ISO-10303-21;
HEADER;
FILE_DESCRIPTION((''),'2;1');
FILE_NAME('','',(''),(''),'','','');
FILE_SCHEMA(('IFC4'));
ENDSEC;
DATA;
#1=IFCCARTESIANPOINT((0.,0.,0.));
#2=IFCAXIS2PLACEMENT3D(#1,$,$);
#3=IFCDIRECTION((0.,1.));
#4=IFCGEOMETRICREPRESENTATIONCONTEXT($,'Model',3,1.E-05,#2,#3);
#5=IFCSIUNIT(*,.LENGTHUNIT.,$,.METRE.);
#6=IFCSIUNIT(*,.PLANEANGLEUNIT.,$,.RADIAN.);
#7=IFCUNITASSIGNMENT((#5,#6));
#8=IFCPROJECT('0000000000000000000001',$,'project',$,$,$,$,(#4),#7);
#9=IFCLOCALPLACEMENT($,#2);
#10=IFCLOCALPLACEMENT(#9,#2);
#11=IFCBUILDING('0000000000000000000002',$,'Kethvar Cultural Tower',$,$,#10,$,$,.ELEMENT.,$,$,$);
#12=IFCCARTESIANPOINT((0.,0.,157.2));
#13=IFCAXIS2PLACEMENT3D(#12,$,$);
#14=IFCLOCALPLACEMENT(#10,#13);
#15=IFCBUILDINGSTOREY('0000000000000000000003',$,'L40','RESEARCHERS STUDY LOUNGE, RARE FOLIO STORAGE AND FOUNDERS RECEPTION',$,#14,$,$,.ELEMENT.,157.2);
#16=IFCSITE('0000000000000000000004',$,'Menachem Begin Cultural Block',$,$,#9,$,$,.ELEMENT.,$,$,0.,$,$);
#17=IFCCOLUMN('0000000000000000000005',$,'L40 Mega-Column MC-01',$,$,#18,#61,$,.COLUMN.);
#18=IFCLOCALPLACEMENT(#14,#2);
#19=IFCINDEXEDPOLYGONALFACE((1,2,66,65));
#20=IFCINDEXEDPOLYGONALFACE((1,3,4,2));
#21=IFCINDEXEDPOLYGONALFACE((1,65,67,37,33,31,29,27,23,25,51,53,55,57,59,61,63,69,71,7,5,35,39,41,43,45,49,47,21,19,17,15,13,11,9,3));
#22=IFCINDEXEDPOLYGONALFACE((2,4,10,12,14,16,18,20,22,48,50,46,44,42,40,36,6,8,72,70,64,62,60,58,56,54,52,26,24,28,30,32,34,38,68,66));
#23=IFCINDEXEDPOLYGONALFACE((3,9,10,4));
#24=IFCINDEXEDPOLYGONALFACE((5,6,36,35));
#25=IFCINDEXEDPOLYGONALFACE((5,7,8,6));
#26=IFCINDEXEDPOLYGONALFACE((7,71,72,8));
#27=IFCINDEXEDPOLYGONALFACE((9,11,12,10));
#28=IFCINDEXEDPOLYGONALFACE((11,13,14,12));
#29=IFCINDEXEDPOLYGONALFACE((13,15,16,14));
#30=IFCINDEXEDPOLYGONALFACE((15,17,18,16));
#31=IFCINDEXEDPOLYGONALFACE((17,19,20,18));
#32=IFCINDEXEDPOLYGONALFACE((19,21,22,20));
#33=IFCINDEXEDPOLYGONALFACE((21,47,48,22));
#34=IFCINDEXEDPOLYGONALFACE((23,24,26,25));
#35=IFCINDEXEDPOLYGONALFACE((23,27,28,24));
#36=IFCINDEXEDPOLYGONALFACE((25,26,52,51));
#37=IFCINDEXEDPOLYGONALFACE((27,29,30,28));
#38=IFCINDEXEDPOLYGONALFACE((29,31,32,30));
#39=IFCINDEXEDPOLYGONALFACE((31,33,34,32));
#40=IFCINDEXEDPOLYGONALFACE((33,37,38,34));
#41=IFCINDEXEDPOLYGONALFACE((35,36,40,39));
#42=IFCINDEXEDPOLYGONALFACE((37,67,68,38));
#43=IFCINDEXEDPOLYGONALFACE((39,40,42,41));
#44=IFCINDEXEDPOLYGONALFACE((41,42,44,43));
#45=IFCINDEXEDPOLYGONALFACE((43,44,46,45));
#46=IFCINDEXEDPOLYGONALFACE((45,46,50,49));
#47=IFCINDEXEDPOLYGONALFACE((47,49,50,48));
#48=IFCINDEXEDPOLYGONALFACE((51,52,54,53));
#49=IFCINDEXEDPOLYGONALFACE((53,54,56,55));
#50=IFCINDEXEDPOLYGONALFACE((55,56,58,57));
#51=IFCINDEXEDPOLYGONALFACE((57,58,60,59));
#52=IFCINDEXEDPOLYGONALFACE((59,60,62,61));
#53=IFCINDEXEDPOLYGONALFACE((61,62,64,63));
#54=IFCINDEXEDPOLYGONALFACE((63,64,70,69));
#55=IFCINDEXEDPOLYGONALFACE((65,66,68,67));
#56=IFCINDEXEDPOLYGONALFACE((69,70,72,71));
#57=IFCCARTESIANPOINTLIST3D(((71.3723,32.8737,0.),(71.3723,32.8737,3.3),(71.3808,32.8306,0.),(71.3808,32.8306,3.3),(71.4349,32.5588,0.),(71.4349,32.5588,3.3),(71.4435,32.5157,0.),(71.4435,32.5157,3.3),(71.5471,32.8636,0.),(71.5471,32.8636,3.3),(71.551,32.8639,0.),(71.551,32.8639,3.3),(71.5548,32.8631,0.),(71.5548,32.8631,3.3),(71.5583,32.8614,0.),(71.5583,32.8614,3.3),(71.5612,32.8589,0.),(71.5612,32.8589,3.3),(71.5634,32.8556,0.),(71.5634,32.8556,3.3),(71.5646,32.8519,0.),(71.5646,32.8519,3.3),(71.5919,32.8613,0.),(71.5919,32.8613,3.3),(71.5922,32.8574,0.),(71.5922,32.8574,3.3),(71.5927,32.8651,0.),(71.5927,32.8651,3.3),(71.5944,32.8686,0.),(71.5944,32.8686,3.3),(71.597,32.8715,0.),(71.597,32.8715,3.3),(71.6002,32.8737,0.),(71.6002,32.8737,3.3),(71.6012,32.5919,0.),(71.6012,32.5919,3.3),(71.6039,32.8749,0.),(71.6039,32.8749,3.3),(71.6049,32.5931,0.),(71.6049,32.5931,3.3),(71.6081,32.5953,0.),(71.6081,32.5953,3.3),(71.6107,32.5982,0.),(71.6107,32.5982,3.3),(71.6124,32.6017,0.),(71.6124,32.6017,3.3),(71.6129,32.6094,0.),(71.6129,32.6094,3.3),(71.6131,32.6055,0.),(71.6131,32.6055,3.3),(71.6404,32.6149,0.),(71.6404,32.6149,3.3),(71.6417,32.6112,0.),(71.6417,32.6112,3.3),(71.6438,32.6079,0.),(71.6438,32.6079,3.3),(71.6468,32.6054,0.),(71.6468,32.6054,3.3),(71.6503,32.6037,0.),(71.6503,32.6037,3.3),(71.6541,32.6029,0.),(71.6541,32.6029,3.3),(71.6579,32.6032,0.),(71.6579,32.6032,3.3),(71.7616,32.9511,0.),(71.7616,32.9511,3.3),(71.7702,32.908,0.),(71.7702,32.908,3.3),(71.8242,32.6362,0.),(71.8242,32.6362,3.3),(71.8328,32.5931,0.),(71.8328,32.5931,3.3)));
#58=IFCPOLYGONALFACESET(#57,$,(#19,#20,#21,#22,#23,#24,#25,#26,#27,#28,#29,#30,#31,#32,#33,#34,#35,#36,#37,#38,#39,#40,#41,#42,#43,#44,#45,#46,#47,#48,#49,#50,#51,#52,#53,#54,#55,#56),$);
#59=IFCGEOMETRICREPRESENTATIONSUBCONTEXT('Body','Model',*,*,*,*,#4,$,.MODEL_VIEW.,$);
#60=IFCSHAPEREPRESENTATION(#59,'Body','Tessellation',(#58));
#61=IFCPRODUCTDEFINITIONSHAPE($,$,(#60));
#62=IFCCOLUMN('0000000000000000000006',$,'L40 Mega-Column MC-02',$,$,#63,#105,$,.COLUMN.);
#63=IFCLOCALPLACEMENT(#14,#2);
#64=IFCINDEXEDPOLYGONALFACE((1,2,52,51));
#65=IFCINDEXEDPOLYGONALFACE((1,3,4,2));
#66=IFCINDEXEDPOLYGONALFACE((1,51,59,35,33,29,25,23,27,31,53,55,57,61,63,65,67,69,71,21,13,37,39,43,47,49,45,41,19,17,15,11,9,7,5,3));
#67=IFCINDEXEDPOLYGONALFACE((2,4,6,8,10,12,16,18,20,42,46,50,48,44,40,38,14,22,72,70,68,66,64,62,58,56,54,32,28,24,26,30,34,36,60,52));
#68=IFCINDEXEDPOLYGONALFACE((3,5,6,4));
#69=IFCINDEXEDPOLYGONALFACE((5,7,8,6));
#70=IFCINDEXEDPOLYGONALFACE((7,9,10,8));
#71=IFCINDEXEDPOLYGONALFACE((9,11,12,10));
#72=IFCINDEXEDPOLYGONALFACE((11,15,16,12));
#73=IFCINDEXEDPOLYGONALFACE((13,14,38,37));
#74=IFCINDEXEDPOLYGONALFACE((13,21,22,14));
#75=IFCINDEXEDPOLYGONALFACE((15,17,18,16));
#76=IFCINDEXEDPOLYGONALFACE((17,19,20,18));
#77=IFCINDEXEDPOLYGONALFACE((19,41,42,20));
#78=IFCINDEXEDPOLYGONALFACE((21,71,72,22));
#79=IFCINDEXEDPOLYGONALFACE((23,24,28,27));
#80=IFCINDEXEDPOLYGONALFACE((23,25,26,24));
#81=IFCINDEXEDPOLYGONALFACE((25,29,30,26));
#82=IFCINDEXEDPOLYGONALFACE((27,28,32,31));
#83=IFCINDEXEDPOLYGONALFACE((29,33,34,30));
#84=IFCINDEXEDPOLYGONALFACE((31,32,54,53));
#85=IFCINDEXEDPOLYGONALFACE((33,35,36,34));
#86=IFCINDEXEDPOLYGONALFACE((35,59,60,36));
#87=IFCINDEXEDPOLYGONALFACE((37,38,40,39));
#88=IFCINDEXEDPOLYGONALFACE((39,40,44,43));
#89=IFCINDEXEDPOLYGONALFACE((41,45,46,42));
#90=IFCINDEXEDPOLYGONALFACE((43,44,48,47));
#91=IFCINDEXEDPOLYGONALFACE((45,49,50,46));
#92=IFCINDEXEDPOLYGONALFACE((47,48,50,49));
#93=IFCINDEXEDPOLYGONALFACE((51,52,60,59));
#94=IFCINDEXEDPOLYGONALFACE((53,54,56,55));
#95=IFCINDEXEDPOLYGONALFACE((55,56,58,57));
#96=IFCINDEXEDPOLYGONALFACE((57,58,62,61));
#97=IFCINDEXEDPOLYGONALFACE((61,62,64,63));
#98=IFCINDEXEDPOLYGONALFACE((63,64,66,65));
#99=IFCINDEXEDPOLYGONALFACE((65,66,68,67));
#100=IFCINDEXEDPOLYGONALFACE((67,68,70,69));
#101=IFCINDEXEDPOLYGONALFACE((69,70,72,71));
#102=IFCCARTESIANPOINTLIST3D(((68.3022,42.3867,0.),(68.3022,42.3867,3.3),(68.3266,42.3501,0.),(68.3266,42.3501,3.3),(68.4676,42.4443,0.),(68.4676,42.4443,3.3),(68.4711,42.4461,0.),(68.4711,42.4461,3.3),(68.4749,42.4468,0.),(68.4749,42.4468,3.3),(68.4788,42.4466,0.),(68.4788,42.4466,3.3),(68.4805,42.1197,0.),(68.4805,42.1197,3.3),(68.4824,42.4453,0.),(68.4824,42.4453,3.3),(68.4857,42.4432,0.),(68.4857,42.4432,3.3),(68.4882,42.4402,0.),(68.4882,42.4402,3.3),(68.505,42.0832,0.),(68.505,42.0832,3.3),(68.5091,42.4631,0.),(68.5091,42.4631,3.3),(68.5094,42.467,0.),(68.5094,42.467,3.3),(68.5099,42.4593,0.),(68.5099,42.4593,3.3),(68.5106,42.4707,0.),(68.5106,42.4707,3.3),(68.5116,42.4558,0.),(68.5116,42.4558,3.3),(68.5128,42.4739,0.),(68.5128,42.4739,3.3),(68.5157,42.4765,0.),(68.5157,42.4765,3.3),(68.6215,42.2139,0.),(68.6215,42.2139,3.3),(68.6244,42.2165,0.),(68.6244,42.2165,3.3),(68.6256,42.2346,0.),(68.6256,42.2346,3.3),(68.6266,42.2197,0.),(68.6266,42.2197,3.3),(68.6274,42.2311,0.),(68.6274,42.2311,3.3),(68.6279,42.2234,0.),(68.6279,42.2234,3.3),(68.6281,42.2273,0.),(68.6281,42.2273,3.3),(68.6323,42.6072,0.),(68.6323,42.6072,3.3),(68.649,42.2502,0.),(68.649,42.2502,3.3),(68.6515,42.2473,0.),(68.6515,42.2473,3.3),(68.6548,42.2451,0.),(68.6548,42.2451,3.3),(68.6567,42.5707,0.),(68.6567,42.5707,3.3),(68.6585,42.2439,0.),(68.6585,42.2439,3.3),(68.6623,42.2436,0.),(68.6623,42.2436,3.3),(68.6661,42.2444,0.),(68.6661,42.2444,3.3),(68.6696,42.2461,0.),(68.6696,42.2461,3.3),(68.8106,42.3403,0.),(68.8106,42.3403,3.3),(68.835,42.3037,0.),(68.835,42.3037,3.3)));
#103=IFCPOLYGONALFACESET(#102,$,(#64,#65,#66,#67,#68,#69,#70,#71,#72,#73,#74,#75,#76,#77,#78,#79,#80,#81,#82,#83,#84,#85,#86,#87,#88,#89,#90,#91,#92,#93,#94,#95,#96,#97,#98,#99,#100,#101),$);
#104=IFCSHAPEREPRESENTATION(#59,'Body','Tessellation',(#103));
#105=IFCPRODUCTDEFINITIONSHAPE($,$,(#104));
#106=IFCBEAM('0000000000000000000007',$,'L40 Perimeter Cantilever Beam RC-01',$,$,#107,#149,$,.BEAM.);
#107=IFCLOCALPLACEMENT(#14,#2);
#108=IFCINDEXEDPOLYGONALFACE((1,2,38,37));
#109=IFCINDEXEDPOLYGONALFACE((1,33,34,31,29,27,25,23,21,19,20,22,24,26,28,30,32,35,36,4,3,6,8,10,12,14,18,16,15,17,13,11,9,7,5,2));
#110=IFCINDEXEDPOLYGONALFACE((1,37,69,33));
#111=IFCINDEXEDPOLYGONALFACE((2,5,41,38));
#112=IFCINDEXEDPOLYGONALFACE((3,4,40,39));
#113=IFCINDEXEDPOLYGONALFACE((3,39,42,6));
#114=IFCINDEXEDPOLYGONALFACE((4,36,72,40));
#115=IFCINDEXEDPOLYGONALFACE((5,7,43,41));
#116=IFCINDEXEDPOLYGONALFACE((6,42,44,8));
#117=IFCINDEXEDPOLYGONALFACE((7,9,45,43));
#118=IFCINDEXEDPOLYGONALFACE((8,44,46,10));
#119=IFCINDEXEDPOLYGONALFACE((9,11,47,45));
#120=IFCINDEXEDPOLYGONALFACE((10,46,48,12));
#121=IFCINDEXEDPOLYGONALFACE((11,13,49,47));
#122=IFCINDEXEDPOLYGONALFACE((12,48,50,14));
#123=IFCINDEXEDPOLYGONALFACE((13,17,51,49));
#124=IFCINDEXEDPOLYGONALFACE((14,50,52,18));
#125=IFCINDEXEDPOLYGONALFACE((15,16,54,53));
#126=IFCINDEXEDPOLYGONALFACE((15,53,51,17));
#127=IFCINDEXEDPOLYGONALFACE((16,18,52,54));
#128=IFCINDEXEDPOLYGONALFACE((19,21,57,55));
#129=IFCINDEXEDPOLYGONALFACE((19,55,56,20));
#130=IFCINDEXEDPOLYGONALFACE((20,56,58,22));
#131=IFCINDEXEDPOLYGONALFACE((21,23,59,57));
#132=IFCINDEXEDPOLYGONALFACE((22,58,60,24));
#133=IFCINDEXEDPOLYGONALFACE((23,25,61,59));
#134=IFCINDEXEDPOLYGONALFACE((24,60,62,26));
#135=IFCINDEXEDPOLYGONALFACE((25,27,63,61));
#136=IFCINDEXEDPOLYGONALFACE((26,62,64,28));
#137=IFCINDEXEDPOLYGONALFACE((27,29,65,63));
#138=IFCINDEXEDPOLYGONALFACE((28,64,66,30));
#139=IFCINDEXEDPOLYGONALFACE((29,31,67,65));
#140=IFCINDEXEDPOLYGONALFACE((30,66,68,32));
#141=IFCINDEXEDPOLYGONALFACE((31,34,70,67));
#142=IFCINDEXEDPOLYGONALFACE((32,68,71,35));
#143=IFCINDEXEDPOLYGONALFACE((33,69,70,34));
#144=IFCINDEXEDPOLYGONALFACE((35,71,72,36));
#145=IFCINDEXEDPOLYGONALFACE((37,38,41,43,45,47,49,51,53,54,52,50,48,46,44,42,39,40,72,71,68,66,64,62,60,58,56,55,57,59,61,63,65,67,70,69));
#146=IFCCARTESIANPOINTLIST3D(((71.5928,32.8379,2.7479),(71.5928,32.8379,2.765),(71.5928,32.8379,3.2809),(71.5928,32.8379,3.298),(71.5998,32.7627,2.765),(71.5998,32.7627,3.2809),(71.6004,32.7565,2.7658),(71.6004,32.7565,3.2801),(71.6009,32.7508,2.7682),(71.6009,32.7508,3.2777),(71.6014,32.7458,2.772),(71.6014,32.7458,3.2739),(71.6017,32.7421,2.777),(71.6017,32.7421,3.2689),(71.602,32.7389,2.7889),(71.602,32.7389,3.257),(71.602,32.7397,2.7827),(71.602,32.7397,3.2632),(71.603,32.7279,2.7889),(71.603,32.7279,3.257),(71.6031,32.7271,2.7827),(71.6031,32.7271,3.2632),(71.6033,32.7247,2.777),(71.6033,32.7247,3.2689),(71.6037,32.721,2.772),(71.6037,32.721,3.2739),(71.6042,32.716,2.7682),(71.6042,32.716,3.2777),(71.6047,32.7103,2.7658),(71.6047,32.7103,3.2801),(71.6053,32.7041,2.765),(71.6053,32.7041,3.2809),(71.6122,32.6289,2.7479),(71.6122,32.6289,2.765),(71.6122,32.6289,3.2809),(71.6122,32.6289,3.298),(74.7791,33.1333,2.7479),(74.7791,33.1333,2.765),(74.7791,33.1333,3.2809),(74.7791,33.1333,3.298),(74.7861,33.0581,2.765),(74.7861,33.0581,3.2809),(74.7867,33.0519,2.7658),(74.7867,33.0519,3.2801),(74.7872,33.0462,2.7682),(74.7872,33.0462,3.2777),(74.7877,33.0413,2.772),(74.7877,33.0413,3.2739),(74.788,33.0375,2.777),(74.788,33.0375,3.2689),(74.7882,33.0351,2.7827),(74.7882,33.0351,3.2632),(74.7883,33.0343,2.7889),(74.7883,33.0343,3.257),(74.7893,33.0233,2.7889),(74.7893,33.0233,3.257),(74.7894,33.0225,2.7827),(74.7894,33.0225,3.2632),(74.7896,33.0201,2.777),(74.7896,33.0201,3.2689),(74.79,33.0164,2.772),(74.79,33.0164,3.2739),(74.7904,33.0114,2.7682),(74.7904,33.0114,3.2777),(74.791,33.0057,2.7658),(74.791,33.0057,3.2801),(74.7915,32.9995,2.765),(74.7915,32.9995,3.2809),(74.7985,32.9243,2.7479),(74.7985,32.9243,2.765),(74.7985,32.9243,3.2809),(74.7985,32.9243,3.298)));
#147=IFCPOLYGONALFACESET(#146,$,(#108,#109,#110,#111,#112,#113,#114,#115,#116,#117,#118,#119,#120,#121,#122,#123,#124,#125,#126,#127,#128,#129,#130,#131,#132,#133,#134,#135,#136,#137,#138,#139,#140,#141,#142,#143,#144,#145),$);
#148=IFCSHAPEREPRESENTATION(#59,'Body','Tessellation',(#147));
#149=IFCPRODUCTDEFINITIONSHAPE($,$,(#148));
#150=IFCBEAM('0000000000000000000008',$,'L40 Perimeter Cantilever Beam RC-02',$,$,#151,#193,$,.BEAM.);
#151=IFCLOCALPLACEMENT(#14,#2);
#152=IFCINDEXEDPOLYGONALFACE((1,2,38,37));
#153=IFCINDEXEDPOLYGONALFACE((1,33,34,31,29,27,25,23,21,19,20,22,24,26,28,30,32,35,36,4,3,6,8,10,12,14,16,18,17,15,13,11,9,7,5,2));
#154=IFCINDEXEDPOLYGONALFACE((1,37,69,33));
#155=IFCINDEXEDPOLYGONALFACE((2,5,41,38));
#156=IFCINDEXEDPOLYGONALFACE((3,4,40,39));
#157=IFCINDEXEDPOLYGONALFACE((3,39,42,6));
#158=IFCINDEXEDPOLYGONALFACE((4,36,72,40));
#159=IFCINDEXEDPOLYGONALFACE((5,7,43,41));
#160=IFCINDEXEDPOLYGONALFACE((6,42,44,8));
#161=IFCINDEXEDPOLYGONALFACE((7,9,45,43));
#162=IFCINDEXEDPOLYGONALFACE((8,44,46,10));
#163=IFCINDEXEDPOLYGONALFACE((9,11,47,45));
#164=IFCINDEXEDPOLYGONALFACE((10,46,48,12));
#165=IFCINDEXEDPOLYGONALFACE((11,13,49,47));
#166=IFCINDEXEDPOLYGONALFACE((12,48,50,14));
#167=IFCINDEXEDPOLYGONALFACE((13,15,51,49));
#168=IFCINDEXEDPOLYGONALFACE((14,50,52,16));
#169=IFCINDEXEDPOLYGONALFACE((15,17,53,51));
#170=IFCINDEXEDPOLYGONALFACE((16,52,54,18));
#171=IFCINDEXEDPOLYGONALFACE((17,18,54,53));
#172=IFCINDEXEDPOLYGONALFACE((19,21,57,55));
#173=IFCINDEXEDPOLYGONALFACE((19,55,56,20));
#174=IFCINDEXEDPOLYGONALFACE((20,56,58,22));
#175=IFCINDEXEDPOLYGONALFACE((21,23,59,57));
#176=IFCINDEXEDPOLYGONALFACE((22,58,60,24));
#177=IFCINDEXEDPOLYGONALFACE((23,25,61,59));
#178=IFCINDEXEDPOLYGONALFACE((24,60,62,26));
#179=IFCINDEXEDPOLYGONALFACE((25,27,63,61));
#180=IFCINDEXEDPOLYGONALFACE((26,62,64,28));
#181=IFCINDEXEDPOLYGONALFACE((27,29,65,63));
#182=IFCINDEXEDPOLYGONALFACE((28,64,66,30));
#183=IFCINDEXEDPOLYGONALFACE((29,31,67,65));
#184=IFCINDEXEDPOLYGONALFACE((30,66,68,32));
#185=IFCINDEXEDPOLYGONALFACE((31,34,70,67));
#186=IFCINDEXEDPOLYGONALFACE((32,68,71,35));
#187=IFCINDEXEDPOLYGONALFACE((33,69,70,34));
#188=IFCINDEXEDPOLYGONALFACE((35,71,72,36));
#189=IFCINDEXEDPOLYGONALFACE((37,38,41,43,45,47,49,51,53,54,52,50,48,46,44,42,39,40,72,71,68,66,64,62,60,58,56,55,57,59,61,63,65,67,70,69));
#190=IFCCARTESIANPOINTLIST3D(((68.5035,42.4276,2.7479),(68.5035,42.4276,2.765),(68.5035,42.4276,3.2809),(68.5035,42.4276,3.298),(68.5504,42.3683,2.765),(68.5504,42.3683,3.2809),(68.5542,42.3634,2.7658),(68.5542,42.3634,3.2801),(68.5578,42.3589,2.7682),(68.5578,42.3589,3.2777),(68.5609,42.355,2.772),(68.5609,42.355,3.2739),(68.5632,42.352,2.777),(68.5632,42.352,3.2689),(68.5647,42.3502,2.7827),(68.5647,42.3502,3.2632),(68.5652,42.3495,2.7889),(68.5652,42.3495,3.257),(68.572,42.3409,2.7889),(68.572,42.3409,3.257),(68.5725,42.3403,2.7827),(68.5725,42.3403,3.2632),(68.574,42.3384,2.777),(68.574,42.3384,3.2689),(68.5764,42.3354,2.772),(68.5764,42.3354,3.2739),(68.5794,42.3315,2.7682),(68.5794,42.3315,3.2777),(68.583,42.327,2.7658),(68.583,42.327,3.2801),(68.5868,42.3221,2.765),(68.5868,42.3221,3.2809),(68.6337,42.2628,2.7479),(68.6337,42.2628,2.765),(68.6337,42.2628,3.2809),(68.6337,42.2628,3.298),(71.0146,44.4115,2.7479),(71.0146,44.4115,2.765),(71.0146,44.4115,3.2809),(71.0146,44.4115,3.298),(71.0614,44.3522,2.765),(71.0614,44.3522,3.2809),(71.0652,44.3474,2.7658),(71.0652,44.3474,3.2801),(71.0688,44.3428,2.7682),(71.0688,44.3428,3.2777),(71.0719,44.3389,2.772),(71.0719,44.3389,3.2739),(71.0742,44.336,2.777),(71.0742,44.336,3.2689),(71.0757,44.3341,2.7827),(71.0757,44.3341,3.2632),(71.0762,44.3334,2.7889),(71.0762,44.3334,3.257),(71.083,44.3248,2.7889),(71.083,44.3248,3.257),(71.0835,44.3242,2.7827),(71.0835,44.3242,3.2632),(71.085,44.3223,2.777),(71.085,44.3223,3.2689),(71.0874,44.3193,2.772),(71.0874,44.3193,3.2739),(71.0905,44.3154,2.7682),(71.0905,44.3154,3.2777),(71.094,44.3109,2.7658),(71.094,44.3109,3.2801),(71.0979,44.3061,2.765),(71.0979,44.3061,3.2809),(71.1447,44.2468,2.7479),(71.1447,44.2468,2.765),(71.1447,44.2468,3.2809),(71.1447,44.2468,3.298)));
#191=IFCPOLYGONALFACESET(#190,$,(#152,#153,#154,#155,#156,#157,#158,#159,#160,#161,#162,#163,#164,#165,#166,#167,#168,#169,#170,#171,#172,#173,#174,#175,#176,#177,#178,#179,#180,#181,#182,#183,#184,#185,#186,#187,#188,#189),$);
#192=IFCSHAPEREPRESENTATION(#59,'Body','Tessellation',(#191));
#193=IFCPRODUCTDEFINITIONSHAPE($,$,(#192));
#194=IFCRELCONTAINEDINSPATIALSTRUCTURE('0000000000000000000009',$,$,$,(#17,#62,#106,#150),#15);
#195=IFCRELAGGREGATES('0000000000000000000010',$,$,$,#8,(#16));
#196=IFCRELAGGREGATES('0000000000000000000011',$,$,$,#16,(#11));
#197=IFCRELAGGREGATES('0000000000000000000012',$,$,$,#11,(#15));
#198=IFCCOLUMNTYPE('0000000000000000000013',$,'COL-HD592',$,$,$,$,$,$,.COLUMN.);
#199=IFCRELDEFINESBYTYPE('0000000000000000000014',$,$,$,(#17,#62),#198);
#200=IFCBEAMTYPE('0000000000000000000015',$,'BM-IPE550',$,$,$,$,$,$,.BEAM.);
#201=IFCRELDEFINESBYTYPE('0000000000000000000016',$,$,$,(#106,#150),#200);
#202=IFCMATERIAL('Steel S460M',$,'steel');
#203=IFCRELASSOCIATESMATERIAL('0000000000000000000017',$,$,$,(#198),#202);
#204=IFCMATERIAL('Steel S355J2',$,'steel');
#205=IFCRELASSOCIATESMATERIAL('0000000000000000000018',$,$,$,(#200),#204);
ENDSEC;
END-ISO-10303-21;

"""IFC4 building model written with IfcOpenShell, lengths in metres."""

from ifc_helpers import new_model, si_unit, direction, frame, origin, origin_2d, place, context, subcontext, project, spatial, i_section, extrude, source, transform, mapped, material, material_profile, profile_set, type_object, element, save


model = new_model("IFC4")

# Units and contexts
model_context = context("Model", 3, precision=1e-05, world=origin(), true_north=direction((0.0, 1.0)))
body_context = subcontext(model_context, "Body", "Model", "MODEL_VIEW")
ifc_project = project(units=[si_unit("LENGTHUNIT", "METRE"), si_unit("PLANEANGLEUNIT", "RADIAN")], contexts=[model_context])

# Site, building, storey
site_placement = place(None, origin())
site = spatial("IfcSite", under=ifc_project, at=site_placement, Name="Menachem Begin Cultural Block", CompositionType="ELEMENT", RefElevation=0.0)
building_placement = place(site_placement, origin())
building = spatial("IfcBuilding", under=site, at=building_placement, Name="Kethvar Cultural Tower", CompositionType="ELEMENT")
storey_placement = place(building_placement, frame((0.0, 0.0, 157.2)))
storey = spatial("IfcBuildingStorey", under=building, at=storey_placement, Name="L40", Description="RESEARCHERS STUDY LOUNGE, RARE FOLIO STORAGE AND FOUNDERS RECEPTION", CompositionType="ELEMENT", Elevation=157.2)

# Columns
ifc_material_1 = material(Name="Steel S460M", Category="steel")
ifc_material_profile_1 = material_profile(ifc_material_1, i_section(OverallWidth=0.397, OverallDepth=0.365, WebThickness=0.0281, FlangeThickness=0.0439, FilletRadius=0.0149, at=origin_2d()), Name="Steel S460M — HD400x592")
ifc_profile_set_1 = profile_set([ifc_material_profile_1], Name="Steel S460M — HD400x592")
column_type = type_object("IfcColumnType", Name="COL-HD592", PredefinedType="COLUMN", material=ifc_profile_set_1)
shared_shape_1 = source(origin(), body_context, "Body", "SweptSolid", [
    extrude(i_section(OverallWidth=0.397, OverallDepth=0.365, WebThickness=0.0281, FlangeThickness=0.0439, FilletRadius=0.0149, at=origin_2d()), origin(), (0.0, 0.0, 1.0), 3.3),
])
for number, where, z_axis, x_axis, name in (
    (1, (71.6025, 32.7334, 0.0), (0.0, 0.0, 1.0), (0.980785, 0.19509, 0.0), "L40 Mega-Column MC-01"),
    (2, (68.5686, 42.3452, 0.0), (0.0, 0.0, 1.0), (0.83147, 0.55557, 0.0), "L40 Mega-Column MC-02"),
):
    element("IfcColumn", number, at=place(storey_placement, frame(where, z_axis=z_axis, x_axis=x_axis)), inside=storey, type_object=column_type, Name=name, PredefinedType="COLUMN", context=body_context, shape_type="MappedRepresentation", body=[
        mapped(shared_shape_1, transform((0.0, 0.0, 0.0), scale=1.0)),
    ])

# Beams
ifc_material_2 = material(Name="Steel S355J2", Category="steel")
ifc_material_profile_2 = material_profile(ifc_material_2, i_section(OverallWidth=0.21, OverallDepth=0.55, WebThickness=0.011, FlangeThickness=0.0171, FilletRadius=0.0239, at=origin_2d()), Name="Steel S355J2 — IPE550")
ifc_profile_set_2 = profile_set([ifc_material_profile_2], Name="Steel S355J2 — IPE550")
beam_type_1 = type_object("IfcBeamType", Name="BM-IPE550", PredefinedType="BEAM", material=ifc_profile_set_2)
shared_shape_2 = source(origin(), body_context, "Body", "SweptSolid", [
    extrude(i_section(OverallWidth=0.21, OverallDepth=0.55, WebThickness=0.011, FlangeThickness=0.0171, FilletRadius=0.0239, at=origin_2d()), origin(), (0.0, 0.0, 1.0), 3.2),
])
beam_1_placement = place(storey_placement, frame((71.6025, 32.7334, 3.0229), z_axis=(0.99573, 0.092317, 0.0), x_axis=(-0.092317, 0.99573, 0.0)))
element("IfcBeam", 3, at=beam_1_placement, inside=storey, type_object=beam_type_1, Name="L40 Perimeter Cantilever Beam RC-01", PredefinedType="BEAM", context=body_context, shape_type="MappedRepresentation", body=[
    mapped(shared_shape_2, transform((0.0, 0.0, 0.0), scale=1.0)),
])
shared_shape_3 = source(origin(), body_context, "Body", "SweptSolid", [
    extrude(i_section(OverallWidth=0.21, OverallDepth=0.55, WebThickness=0.011, FlangeThickness=0.0171, FilletRadius=0.0239, at=origin_2d()), origin(), (0.0, 0.0, 1.0), 3.2002),
])
beam_2_placement = place(storey_placement, frame((68.5686, 42.3452, 3.0229), z_axis=(0.78465, 0.619939, 0.0), x_axis=(-0.619939, 0.78465, 0.0)))
element("IfcBeam", 4, at=beam_2_placement, inside=storey, type_object=beam_type_1, Name="L40 Perimeter Cantilever Beam RC-02", PredefinedType="BEAM", context=body_context, shape_type="MappedRepresentation", body=[
    mapped(shared_shape_3, transform((0.0, 0.0, 0.0), scale=1.0)),
])

save(model, "model.ifc")
